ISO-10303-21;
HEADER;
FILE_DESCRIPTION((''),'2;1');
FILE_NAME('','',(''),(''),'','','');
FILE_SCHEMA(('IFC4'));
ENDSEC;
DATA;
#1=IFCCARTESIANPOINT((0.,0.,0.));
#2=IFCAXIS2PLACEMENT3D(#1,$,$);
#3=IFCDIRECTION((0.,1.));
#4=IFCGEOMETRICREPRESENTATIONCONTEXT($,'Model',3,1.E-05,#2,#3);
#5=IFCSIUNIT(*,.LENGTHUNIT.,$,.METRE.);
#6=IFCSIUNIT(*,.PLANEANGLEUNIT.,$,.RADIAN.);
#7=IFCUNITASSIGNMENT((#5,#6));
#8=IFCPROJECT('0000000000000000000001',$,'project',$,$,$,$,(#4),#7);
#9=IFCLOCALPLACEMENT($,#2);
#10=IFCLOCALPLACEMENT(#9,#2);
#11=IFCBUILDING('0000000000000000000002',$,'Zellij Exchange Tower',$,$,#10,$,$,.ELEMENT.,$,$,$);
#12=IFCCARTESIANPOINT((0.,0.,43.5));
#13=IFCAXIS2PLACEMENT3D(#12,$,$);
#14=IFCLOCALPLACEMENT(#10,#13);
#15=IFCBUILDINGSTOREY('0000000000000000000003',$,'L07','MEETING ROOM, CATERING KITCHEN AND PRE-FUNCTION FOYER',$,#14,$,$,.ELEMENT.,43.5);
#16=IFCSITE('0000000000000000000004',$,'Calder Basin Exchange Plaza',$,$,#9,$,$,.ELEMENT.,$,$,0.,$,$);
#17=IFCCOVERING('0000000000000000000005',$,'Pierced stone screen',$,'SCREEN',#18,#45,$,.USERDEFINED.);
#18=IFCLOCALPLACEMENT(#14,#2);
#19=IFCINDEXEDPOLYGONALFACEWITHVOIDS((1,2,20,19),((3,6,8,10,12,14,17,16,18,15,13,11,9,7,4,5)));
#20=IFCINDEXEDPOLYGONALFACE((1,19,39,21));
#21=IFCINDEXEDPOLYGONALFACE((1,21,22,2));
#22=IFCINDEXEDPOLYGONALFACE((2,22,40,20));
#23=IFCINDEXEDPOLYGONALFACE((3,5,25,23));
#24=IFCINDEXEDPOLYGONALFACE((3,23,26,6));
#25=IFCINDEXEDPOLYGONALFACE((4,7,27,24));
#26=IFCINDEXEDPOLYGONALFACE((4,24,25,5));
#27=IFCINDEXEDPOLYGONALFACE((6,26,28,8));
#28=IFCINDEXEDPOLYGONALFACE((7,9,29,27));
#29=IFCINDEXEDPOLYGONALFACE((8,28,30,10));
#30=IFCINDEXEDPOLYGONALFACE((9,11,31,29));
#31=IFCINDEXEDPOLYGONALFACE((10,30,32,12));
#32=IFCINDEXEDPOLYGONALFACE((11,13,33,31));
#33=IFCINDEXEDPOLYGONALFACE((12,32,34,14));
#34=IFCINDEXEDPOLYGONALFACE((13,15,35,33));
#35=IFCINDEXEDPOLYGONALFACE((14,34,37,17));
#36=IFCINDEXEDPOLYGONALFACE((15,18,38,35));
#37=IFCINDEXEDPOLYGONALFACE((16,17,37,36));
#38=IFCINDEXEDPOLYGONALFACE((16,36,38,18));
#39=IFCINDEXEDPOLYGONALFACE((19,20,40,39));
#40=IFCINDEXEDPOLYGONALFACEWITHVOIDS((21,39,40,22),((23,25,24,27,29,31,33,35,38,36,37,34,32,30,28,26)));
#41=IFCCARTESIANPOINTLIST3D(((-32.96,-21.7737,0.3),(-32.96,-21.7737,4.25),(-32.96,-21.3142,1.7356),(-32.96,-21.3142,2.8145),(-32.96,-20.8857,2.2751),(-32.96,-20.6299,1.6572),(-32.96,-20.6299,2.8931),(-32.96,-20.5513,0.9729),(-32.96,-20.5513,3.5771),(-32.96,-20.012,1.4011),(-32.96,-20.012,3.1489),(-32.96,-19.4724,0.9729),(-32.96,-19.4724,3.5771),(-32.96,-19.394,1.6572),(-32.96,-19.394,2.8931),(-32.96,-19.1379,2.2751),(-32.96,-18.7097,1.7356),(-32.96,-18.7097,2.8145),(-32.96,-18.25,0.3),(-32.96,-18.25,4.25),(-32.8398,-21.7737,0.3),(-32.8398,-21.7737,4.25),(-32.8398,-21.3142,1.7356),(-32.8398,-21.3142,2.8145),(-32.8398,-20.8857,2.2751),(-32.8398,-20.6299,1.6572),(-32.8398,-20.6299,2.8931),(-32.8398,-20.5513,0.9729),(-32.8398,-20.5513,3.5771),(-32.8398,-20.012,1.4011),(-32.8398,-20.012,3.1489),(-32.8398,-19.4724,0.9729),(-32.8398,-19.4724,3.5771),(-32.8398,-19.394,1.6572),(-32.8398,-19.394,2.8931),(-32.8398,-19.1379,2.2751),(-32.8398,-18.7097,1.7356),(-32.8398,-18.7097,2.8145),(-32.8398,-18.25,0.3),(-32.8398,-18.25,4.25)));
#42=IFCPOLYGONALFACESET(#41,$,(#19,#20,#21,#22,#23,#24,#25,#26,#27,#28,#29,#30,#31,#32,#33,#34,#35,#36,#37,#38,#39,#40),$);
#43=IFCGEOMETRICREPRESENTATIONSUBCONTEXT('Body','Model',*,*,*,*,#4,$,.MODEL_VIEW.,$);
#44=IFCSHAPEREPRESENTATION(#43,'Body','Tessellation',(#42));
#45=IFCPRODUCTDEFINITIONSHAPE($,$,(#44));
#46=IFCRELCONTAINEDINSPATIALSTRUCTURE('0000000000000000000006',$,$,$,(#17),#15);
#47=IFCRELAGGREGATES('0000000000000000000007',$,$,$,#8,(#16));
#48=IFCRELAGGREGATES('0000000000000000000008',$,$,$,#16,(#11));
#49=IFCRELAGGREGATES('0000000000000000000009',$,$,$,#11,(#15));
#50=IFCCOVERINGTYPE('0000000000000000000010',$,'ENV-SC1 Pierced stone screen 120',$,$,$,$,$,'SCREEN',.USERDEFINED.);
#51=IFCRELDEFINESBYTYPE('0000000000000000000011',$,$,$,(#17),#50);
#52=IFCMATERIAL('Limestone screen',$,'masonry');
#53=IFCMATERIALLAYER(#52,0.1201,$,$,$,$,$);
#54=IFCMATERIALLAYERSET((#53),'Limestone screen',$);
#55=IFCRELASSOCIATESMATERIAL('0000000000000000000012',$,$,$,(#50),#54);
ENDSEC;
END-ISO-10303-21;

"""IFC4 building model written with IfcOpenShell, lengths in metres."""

from ifc_helpers import new_model, si_unit, direction, frame, origin, place, context, subcontext, project, spatial, polyline, outline, extrude, material, layer, layer_set, type_object, element, save


model = new_model("IFC4")

# Units and contexts
model_context = context("Model", 3, precision=1e-05, world=origin(), true_north=direction((0.0, 1.0)))
body_context = subcontext(model_context, "Body", "Model", "MODEL_VIEW")
ifc_project = project(units=[si_unit("LENGTHUNIT", "METRE"), si_unit("PLANEANGLEUNIT", "RADIAN")], contexts=[model_context])

# Site, building, storey
site_placement = place(None, origin())
site = spatial("IfcSite", under=ifc_project, at=site_placement, Name="Calder Basin Exchange Plaza", CompositionType="ELEMENT", RefElevation=0.0)
building_placement = place(site_placement, origin())
building = spatial("IfcBuilding", under=site, at=building_placement, Name="Zellij Exchange Tower", CompositionType="ELEMENT")
storey_placement = place(building_placement, frame((0.0, 0.0, 43.5)))
storey = spatial("IfcBuildingStorey", under=building, at=storey_placement, Name="L07", Description="MEETING ROOM, CATERING KITCHEN AND PRE-FUNCTION FOYER", CompositionType="ELEMENT", Elevation=43.5)

# Covering
ifc_material_1 = material(Name="Limestone screen", Category="masonry")
ifc_layer_1 = layer(ifc_material_1, 0.1201)
ifc_layer_set_1 = layer_set([ifc_layer_1], Name="Limestone screen")
covering_type_1 = type_object("IfcCoveringType", Name="ENV-SC1 Pierced stone screen 120", ElementType="SCREEN", PredefinedType="USERDEFINED", material=ifc_layer_set_1)
covering_1_placement = place(storey_placement, frame((-32.8999, -18.25, 0.3), z_axis=(0.0, 0.0, 1.0), x_axis=(0.0, -1.0, 0.0)))
element("IfcCovering", 1, at=covering_1_placement, inside=storey, type_object=covering_type_1, Name="Pierced stone screen", ObjectType="SCREEN", PredefinedType="USERDEFINED", context=body_context, shape_type="SweptSolid", body=[
    extrude(outline(polyline([(0.0, 0.0), (3.5237, 0.0), (3.5237, 3.95), (0.0, 3.95), (0.0, 0.0)]), holes=[polyline([(3.0642, 2.5144), (2.3799, 2.593), (2.3013, 3.2771), (1.762, 2.8489), (1.2224, 3.2771), (1.144, 2.593), (0.4597, 2.5144), (0.8879, 1.9751), (0.4597, 1.4355), (1.144, 1.3572), (1.2224, 0.6729), (1.762, 1.1011), (2.3013, 0.6729), (2.3799, 1.3572), (3.0642, 1.4355), (2.6357, 1.9751), (3.0642, 2.5144)])]), frame((0.0, 0.0601, 0.0), z_axis=(0.0, -1.0, 0.0), x_axis=(1.0, 0.0, 0.0)), (0.0, 0.0, 1.0), 0.1201),
])

save(model, "model.ifc")
